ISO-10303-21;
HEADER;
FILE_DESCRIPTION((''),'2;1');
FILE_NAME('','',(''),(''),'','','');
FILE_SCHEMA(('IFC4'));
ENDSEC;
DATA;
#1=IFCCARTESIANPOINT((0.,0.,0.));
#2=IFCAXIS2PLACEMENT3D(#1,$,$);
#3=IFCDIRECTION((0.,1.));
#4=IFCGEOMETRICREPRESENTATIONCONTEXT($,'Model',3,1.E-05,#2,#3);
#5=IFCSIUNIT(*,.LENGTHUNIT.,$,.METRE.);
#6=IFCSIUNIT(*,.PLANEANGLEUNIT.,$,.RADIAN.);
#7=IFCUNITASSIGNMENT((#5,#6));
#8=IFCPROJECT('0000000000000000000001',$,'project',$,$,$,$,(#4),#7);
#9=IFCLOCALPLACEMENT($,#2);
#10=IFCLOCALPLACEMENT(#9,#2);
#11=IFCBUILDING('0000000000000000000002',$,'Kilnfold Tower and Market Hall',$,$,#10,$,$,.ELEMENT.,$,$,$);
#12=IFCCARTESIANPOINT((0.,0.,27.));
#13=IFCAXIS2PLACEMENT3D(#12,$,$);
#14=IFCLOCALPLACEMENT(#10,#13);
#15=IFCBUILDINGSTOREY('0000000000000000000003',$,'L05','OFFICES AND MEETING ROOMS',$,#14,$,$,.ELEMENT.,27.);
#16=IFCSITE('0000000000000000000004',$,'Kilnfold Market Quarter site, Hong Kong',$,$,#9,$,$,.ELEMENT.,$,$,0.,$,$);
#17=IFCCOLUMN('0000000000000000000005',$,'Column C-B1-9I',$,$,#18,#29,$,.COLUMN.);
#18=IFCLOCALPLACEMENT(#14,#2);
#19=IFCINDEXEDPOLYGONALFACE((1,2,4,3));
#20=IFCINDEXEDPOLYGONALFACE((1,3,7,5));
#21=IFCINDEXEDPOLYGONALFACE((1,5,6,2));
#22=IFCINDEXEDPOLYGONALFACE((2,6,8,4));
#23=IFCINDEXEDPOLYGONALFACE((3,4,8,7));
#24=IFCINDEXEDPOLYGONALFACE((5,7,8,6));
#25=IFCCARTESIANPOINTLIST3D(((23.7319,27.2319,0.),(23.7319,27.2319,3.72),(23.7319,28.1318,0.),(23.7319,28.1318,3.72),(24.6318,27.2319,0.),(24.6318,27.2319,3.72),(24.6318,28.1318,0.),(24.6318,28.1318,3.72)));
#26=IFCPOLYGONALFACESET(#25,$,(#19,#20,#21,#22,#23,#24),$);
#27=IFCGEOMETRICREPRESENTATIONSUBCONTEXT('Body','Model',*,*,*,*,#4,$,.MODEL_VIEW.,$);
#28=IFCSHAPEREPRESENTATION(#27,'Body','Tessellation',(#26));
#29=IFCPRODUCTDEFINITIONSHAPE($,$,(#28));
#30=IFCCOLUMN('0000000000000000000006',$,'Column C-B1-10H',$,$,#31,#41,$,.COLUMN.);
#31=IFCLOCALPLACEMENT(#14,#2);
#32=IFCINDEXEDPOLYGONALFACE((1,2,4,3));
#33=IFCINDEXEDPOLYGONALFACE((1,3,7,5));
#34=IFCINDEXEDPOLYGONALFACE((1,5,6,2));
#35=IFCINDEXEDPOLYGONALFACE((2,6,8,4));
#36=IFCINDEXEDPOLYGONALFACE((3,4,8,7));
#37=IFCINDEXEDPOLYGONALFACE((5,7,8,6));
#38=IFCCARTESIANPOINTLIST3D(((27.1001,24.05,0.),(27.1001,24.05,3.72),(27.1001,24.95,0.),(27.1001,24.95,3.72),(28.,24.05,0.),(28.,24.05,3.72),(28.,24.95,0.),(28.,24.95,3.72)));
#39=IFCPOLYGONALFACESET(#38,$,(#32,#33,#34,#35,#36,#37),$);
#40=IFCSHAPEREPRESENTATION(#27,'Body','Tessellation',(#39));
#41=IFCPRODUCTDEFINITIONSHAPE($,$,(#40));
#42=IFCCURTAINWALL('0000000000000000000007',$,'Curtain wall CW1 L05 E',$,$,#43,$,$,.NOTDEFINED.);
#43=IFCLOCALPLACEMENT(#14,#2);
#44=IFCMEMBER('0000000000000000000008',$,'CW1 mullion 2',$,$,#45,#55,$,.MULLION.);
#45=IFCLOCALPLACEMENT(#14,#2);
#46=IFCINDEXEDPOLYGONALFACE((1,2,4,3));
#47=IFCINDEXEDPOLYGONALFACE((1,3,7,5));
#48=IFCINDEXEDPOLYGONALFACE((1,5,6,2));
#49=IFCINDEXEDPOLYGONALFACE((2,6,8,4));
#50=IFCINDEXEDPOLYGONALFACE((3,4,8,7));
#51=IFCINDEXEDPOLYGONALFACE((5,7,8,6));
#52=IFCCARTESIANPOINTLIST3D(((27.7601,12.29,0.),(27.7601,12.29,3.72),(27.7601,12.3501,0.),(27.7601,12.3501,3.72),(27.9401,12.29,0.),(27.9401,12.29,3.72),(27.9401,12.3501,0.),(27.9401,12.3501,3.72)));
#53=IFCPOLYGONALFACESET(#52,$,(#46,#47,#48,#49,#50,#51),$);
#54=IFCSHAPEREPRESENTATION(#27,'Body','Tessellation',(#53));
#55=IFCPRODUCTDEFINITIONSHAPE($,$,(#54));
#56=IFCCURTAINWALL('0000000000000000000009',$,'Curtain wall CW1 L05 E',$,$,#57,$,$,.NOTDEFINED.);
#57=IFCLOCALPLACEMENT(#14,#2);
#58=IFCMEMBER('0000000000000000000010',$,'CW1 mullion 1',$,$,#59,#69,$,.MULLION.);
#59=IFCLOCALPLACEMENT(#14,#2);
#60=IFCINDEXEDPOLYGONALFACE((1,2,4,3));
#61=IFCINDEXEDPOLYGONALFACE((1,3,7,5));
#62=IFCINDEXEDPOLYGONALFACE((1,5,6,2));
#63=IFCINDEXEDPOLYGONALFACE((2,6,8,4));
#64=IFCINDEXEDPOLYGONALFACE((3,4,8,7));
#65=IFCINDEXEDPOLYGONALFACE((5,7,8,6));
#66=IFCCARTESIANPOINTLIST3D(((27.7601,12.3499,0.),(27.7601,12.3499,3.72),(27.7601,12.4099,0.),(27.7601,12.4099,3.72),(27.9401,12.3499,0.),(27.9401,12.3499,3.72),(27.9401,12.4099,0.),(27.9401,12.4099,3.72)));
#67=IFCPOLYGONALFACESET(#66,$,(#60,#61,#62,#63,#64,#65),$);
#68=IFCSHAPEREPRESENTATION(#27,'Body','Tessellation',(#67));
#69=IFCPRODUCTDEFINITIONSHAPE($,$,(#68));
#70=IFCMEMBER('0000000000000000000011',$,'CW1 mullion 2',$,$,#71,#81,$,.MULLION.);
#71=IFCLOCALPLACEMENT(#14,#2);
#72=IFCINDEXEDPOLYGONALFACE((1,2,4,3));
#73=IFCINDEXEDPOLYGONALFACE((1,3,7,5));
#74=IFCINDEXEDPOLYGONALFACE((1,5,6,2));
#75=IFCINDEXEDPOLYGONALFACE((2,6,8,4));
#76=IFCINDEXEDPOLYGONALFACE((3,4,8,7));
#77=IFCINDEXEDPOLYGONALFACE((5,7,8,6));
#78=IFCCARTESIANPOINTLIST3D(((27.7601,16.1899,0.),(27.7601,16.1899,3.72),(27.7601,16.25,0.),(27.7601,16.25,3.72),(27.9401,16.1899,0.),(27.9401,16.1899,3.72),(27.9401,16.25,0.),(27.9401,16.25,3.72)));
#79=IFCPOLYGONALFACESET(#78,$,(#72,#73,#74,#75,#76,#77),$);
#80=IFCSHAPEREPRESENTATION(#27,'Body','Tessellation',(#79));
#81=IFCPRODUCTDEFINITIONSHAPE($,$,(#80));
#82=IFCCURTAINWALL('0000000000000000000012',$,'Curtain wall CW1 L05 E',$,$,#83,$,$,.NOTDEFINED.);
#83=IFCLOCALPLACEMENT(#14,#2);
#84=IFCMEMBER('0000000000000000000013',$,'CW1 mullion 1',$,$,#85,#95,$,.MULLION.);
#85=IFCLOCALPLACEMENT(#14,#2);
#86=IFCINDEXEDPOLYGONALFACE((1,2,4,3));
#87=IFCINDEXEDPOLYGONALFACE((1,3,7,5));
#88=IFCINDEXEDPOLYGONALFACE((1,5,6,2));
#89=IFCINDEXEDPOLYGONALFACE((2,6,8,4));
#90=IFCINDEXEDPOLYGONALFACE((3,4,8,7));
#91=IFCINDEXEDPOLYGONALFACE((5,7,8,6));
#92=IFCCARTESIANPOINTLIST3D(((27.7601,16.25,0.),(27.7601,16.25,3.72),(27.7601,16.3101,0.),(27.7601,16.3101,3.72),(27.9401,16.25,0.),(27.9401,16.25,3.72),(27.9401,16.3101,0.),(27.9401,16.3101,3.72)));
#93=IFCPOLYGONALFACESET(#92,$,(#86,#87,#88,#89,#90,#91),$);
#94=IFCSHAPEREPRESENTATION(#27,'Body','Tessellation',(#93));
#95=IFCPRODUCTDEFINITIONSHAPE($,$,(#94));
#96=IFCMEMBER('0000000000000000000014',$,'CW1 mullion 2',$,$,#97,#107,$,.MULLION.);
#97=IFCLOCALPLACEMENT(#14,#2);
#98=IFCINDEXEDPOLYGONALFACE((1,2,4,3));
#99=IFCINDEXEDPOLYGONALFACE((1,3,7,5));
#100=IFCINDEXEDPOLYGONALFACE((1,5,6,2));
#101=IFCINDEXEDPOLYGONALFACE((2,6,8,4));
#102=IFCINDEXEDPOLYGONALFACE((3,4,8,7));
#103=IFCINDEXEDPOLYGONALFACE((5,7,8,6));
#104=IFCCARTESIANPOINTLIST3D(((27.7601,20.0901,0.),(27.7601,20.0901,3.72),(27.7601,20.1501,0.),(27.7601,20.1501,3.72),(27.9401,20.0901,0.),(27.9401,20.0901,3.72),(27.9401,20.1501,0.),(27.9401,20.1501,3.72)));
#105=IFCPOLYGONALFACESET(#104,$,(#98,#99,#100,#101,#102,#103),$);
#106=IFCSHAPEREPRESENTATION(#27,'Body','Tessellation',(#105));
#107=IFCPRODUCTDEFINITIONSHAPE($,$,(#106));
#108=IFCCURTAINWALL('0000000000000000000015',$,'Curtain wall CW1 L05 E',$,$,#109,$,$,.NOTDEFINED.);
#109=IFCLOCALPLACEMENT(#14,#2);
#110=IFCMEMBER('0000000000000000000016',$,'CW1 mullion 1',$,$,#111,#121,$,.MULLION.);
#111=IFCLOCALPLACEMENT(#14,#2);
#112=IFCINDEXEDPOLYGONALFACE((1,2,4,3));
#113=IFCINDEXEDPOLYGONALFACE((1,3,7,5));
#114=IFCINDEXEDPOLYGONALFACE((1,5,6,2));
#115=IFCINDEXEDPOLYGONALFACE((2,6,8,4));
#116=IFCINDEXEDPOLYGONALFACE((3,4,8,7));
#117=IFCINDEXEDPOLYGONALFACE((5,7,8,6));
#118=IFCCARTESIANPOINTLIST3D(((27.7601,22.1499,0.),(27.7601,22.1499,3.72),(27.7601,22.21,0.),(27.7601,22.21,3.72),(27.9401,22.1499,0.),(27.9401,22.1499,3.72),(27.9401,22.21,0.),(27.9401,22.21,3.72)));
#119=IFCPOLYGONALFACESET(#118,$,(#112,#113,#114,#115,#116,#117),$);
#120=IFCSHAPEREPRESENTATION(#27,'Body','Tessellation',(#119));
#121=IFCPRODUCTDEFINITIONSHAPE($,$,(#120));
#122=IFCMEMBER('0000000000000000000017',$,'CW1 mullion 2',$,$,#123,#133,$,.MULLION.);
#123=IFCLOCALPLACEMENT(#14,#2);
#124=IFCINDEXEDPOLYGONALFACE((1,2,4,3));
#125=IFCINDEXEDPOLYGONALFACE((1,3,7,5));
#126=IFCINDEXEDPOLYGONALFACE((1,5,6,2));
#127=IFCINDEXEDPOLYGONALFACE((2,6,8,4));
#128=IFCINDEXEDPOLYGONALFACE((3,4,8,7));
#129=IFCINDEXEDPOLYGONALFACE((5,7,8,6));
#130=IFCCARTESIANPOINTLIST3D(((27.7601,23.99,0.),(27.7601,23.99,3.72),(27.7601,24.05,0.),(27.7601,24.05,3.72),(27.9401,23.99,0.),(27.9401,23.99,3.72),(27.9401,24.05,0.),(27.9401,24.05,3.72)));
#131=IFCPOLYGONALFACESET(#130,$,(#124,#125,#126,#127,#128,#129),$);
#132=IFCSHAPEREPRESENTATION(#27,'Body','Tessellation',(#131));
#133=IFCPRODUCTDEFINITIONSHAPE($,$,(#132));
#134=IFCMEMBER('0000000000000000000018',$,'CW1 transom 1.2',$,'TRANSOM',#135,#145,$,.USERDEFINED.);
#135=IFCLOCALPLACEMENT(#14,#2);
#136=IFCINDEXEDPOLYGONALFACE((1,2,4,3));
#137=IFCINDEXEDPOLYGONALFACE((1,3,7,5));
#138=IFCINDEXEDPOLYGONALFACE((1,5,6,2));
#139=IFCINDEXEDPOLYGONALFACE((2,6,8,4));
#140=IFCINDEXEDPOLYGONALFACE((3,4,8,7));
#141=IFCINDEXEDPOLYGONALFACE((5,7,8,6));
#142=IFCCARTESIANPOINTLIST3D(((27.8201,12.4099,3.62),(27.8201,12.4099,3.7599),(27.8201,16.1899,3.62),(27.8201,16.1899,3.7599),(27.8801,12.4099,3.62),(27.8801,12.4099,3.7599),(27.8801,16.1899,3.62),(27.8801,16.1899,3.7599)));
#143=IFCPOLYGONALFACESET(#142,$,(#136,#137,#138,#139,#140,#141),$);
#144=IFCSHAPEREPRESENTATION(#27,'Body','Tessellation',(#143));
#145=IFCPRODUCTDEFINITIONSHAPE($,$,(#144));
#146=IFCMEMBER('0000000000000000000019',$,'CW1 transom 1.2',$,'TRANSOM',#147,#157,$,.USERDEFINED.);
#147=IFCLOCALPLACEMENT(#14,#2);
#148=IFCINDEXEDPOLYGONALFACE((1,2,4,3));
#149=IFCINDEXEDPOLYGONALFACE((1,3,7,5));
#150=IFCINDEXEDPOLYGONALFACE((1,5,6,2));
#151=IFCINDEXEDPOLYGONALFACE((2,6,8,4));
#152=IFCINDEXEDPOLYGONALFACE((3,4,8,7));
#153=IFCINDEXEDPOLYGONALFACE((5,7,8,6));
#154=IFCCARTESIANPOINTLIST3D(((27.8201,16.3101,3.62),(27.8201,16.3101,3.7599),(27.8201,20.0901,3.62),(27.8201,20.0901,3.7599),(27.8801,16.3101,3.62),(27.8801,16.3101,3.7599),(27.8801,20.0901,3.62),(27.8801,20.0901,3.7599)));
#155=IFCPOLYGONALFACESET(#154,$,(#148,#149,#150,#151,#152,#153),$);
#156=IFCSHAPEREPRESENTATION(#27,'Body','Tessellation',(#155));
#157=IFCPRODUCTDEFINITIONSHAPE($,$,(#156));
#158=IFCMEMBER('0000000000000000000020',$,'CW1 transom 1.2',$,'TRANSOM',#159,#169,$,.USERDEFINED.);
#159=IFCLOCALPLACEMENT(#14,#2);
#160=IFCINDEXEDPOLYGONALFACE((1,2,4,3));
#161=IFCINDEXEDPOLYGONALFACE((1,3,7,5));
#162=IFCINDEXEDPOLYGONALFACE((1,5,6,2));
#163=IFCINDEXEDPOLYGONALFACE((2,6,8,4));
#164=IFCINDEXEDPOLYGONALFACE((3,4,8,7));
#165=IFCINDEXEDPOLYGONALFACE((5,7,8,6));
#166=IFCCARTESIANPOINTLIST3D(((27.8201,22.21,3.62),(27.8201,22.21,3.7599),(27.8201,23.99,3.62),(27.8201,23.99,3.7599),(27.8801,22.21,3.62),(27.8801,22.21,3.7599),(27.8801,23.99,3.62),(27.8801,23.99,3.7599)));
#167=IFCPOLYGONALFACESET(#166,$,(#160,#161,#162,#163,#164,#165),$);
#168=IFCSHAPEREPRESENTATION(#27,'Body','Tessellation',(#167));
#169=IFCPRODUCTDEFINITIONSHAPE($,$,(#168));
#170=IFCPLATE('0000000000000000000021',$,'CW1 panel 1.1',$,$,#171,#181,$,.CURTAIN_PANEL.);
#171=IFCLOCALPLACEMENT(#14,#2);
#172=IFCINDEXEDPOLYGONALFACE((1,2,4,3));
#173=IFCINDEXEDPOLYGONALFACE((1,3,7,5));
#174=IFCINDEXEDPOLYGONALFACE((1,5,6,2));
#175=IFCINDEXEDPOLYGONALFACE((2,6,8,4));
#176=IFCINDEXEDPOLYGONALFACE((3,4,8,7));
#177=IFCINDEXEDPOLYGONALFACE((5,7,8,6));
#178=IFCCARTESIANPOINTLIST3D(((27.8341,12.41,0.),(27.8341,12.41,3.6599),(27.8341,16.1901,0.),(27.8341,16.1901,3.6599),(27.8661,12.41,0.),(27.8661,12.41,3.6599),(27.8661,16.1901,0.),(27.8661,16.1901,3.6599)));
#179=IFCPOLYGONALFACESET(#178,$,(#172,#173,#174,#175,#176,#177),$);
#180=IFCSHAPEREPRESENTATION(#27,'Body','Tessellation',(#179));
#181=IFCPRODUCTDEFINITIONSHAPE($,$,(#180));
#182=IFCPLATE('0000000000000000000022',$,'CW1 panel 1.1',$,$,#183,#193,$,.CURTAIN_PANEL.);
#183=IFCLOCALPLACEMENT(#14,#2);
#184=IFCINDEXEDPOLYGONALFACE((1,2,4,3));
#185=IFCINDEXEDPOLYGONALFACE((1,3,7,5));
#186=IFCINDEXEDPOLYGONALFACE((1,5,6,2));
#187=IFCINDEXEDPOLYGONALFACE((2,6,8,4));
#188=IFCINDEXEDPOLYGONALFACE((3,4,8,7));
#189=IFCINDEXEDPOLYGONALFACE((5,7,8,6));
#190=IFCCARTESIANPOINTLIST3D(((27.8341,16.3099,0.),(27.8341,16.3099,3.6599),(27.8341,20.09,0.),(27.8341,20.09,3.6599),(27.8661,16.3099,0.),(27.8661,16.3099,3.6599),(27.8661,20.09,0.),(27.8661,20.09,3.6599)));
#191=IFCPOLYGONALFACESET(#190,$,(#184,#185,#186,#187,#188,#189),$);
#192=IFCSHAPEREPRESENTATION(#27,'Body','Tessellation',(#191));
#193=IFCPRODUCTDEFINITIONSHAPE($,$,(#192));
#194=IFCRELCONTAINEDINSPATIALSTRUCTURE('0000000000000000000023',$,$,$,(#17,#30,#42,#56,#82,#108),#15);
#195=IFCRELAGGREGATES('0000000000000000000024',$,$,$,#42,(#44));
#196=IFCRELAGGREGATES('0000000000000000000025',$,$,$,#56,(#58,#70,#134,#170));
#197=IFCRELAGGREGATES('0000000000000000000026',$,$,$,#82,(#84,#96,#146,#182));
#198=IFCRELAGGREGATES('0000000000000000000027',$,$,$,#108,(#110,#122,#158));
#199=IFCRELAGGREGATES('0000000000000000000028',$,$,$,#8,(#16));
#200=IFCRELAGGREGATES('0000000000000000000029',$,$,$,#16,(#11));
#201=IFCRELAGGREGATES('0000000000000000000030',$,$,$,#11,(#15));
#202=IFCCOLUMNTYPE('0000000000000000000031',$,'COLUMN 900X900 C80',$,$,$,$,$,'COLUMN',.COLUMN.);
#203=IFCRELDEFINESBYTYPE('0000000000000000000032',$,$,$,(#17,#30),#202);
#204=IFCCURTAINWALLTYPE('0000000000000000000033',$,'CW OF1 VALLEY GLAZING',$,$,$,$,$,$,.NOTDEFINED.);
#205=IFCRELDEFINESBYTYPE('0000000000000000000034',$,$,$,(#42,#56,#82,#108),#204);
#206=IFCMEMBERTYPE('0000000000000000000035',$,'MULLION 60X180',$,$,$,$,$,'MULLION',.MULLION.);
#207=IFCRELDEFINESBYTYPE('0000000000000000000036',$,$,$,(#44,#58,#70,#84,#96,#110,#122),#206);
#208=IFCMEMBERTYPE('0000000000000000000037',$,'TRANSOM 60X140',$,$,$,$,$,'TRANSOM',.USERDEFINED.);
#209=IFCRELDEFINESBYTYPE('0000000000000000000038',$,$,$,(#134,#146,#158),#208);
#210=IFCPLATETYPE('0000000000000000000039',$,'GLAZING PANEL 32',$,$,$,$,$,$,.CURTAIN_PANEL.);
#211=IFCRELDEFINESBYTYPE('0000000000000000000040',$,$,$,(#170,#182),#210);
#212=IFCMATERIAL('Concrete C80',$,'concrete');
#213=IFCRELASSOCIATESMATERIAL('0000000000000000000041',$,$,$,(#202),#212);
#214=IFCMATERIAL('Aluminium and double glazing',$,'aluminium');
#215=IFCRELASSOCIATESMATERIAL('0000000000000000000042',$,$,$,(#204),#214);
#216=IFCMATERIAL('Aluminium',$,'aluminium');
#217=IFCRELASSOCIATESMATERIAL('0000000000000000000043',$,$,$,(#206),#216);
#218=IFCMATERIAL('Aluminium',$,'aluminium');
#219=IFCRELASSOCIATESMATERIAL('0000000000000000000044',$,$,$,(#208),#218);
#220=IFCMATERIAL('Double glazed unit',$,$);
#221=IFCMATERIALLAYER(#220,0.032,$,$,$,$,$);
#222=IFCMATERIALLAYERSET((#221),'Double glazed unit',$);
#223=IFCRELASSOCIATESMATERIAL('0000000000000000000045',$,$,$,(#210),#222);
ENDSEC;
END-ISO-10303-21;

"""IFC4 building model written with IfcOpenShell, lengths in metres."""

from ifc_helpers import new_model, si_unit, direction, frame, origin, origin_2d, place, context, subcontext, project, spatial, rectangle, extrude, source, transform, mapped, material, layer, layer_set, material_profile, profile_set, type_object, element, aggregate, save


model = new_model("IFC4")

# Units and contexts
model_context = context("Model", 3, precision=1e-05, world=origin(), true_north=direction((0.0, 1.0)))
body_context = subcontext(model_context, "Body", "Model", "MODEL_VIEW")
ifc_project = project(units=[si_unit("LENGTHUNIT", "METRE"), si_unit("PLANEANGLEUNIT", "RADIAN")], contexts=[model_context])

# Site, building, storey
site_placement = place(None, origin())
site = spatial("IfcSite", under=ifc_project, at=site_placement, Name="Kilnfold Market Quarter site, Hong Kong", CompositionType="ELEMENT", RefElevation=0.0)
building_placement = place(site_placement, origin())
building = spatial("IfcBuilding", under=site, at=building_placement, Name="Kilnfold Tower and Market Hall", CompositionType="ELEMENT")
storey_placement = place(building_placement, frame((0.0, 0.0, 27.0)))
storey = spatial("IfcBuildingStorey", under=building, at=storey_placement, Name="L05", Description="OFFICES AND MEETING ROOMS", CompositionType="ELEMENT", Elevation=27.0)

# Columns
ifc_material_1 = material(Name="Concrete C80", Category="concrete")
ifc_material_profile_1 = material_profile(ifc_material_1, rectangle(XDim=0.8999, YDim=0.8999, at=origin_2d()), Name="RC 900x900")
ifc_profile_set_1 = profile_set([ifc_material_profile_1], Name="Concrete C80")
column_type = type_object("IfcColumnType", Name="COLUMN 900X900 C80", ElementType="COLUMN", PredefinedType="COLUMN", material=ifc_profile_set_1)
shared_shape_1 = source(origin(), body_context, "Body", "SweptSolid", [
    extrude(rectangle(XDim=0.8999, YDim=0.8999, at=origin_2d()), origin(), (0.0, 0.0, 1.0), 3.72),
])
for number, where, z_axis, x_axis, name in (
    (1, (24.1819, 27.6819, 0.0), (0.0, 0.0, 1.0), (1.0, 0.0, 0.0), "Column C-B1-9I"),
    (2, (27.55, 24.5, 0.0), (0.0, 0.0, 1.0), (1.0, 0.0, 0.0), "Column C-B1-10H"),
):
    element("IfcColumn", number, at=place(storey_placement, frame(where, z_axis=z_axis, x_axis=x_axis)), inside=storey, type_object=column_type, Name=name, PredefinedType="COLUMN", context=body_context, shape_type="MappedRepresentation", body=[
        mapped(shared_shape_1, transform((0.0, 0.0, 0.0))),
    ])

# Curtain wall, member
ifc_material_2 = material(Name="Aluminium and double glazing", Category="aluminium")
curtain_wall_type = type_object("IfcCurtainWallType", Name="CW OF1 VALLEY GLAZING", PredefinedType="NOTDEFINED", material=ifc_material_2)
curtain_wall_1_placement = place(storey_placement, origin())
curtain_wall_1 = element("IfcCurtainWall", 3, at=curtain_wall_1_placement, inside=storey, type_object=curtain_wall_type, Name="Curtain wall CW1 L05 E", PredefinedType="NOTDEFINED")
ifc_material_3 = material(Name="Aluminium", Category="aluminium")
ifc_material_profile_2 = material_profile(ifc_material_3, rectangle(XDim=0.0601, YDim=0.1799, at=origin_2d()), Name="MULLION 60x180")
ifc_profile_set_2 = profile_set([ifc_material_profile_2], Name="Aluminium")
member_type_1 = type_object("IfcMemberType", Name="MULLION 60X180", ElementType="MULLION", PredefinedType="MULLION", material=ifc_profile_set_2)
shared_shape_2 = source(origin(), body_context, "Body", "SweptSolid", [
    extrude(rectangle(XDim=0.0601, YDim=0.1799, at=origin_2d()), origin(), (0.0, 0.0, 1.0), 3.72),
])
member_1_placement = place(storey_placement, frame((27.8501, 12.3201, 0.0), z_axis=(0.0, 0.0, 1.0), x_axis=(0.0, 1.0, 0.0)))
member_1 = element("IfcMember", 4, at=member_1_placement, type_object=member_type_1, Name="CW1 mullion 2", PredefinedType="MULLION", context=body_context, shape_type="MappedRepresentation", body=[
    mapped(shared_shape_2, transform((0.0, 0.0, 0.0))),
])
aggregate(curtain_wall_1, [member_1])

# Curtain walls, members
curtain_wall_2_placement = place(storey_placement, origin())
curtain_wall_2 = element("IfcCurtainWall", 5, at=curtain_wall_2_placement, inside=storey, type_object=curtain_wall_type, Name="Curtain wall CW1 L05 E", PredefinedType="NOTDEFINED")
member_2_placement = place(storey_placement, frame((27.8501, 12.3799, 0.0), z_axis=(0.0, 0.0, 1.0), x_axis=(0.0, 1.0, 0.0)))
member_2 = element("IfcMember", 6, at=member_2_placement, type_object=member_type_1, Name="CW1 mullion 1", PredefinedType="MULLION", context=body_context, shape_type="MappedRepresentation", body=[
    mapped(shared_shape_2, transform((0.0, 0.0, 0.0))),
])
member_3_placement = place(storey_placement, frame((27.8501, 16.22, 0.0), z_axis=(0.0, 0.0, 1.0), x_axis=(0.0, 1.0, 0.0)))
member_3 = element("IfcMember", 7, at=member_3_placement, type_object=member_type_1, Name="CW1 mullion 2", PredefinedType="MULLION", context=body_context, shape_type="MappedRepresentation", body=[
    mapped(shared_shape_2, transform((0.0, 0.0, 0.0))),
])
curtain_wall_3_placement = place(storey_placement, origin())
curtain_wall_3 = element("IfcCurtainWall", 8, at=curtain_wall_3_placement, inside=storey, type_object=curtain_wall_type, Name="Curtain wall CW1 L05 E", PredefinedType="NOTDEFINED")
member_4_placement = place(storey_placement, frame((27.8501, 16.28, 0.0), z_axis=(0.0, 0.0, 1.0), x_axis=(0.0, 1.0, 0.0)))
member_4 = element("IfcMember", 9, at=member_4_placement, type_object=member_type_1, Name="CW1 mullion 1", PredefinedType="MULLION", context=body_context, shape_type="MappedRepresentation", body=[
    mapped(shared_shape_2, transform((0.0, 0.0, 0.0))),
])
member_5_placement = place(storey_placement, frame((27.8501, 20.1201, 0.0), z_axis=(0.0, 0.0, 1.0), x_axis=(0.0, 1.0, 0.0)))
member_5 = element("IfcMember", 10, at=member_5_placement, type_object=member_type_1, Name="CW1 mullion 2", PredefinedType="MULLION", context=body_context, shape_type="MappedRepresentation", body=[
    mapped(shared_shape_2, transform((0.0, 0.0, 0.0))),
])
curtain_wall_4_placement = place(storey_placement, origin())
curtain_wall_4 = element("IfcCurtainWall", 11, at=curtain_wall_4_placement, inside=storey, type_object=curtain_wall_type, Name="Curtain wall CW1 L05 E", PredefinedType="NOTDEFINED")
member_6_placement = place(storey_placement, frame((27.8501, 22.1799, 0.0), z_axis=(0.0, 0.0, 1.0), x_axis=(0.0, 1.0, 0.0)))
member_6 = element("IfcMember", 12, at=member_6_placement, type_object=member_type_1, Name="CW1 mullion 1", PredefinedType="MULLION", context=body_context, shape_type="MappedRepresentation", body=[
    mapped(shared_shape_2, transform((0.0, 0.0, 0.0))),
])
member_7_placement = place(storey_placement, frame((27.8501, 24.02, 0.0), z_axis=(0.0, 0.0, 1.0), x_axis=(0.0, 1.0, 0.0)))
member_7 = element("IfcMember", 13, at=member_7_placement, type_object=member_type_1, Name="CW1 mullion 2", PredefinedType="MULLION", context=body_context, shape_type="MappedRepresentation", body=[
    mapped(shared_shape_2, transform((0.0, 0.0, 0.0))),
])

# Members
ifc_material_4 = material(Name="Aluminium", Category="aluminium")
ifc_material_profile_3 = material_profile(ifc_material_4, rectangle(XDim=0.0601, YDim=0.1399, at=origin_2d()), Name="TRANSOM 60x140")
ifc_profile_set_3 = profile_set([ifc_material_profile_3], Name="Aluminium")
member_type_2 = type_object("IfcMemberType", Name="TRANSOM 60X140", ElementType="TRANSOM", PredefinedType="USERDEFINED", material=ifc_profile_set_3)
shared_shape_3 = source(origin(), body_context, "Body", "SweptSolid", [
    extrude(rectangle(XDim=0.0601, YDim=0.1399, at=origin_2d()), origin(), (0.0, 0.0, 1.0), 3.78),
])
member_8_placement = place(storey_placement, frame((27.8501, 12.4099, 3.6899), z_axis=(0.0, 1.0, 0.0), x_axis=(-1.0, 0.0, 0.0)))
member_8 = element("IfcMember", 14, at=member_8_placement, type_object=member_type_2, Name="CW1 transom 1.2", ObjectType="TRANSOM", PredefinedType="USERDEFINED", context=body_context, shape_type="MappedRepresentation", body=[
    mapped(shared_shape_3, transform((0.0, 0.0, 0.0))),
])
member_9_placement = place(storey_placement, frame((27.8501, 16.3101, 3.6899), z_axis=(0.0, 1.0, 0.0), x_axis=(-1.0, 0.0, 0.0)))
member_9 = element("IfcMember", 15, at=member_9_placement, type_object=member_type_2, Name="CW1 transom 1.2", ObjectType="TRANSOM", PredefinedType="USERDEFINED", context=body_context, shape_type="MappedRepresentation", body=[
    mapped(shared_shape_3, transform((0.0, 0.0, 0.0))),
])
shared_shape_4 = source(origin(), body_context, "Body", "SweptSolid", [
    extrude(rectangle(XDim=0.0601, YDim=0.1399, at=origin_2d()), origin(), (0.0, 0.0, 1.0), 1.78),
])
member_10_placement = place(storey_placement, frame((27.8501, 22.21, 3.6899), z_axis=(0.0, 1.0, 0.0), x_axis=(-1.0, 0.0, 0.0)))
member_10 = element("IfcMember", 16, at=member_10_placement, type_object=member_type_2, Name="CW1 transom 1.2", ObjectType="TRANSOM", PredefinedType="USERDEFINED", context=body_context, shape_type="MappedRepresentation", body=[
    mapped(shared_shape_4, transform((0.0, 0.0, 0.0))),
])

# Plates
ifc_material_5 = material(Name="Double glazed unit")
ifc_layer_1 = layer(ifc_material_5, 0.032)
ifc_layer_set_1 = layer_set([ifc_layer_1], Name="Double glazed unit")
plate_type = type_object("IfcPlateType", Name="GLAZING PANEL 32", PredefinedType="CURTAIN_PANEL", material=ifc_layer_set_1)
shared_shape_5 = source(origin(), body_context, "Body", "SweptSolid", [
    extrude(rectangle(XDim=3.78, YDim=0.032, at=origin_2d()), origin(), (0.0, 0.0, 1.0), 3.6599),
])
plate_1_placement = place(storey_placement, frame((27.8501, 14.3, 0.0), z_axis=(0.0, 0.0, 1.0), x_axis=(0.0, 1.0, 0.0)))
plate_1 = element("IfcPlate", 17, at=plate_1_placement, type_object=plate_type, Name="CW1 panel 1.1", PredefinedType="CURTAIN_PANEL", context=body_context, shape_type="MappedRepresentation", body=[
    mapped(shared_shape_5, transform((0.0, 0.0, 0.0))),
])
aggregate(curtain_wall_2, [member_2, member_3, member_8, plate_1])
plate_2_placement = place(storey_placement, frame((27.8501, 18.2, 0.0), z_axis=(0.0, 0.0, 1.0), x_axis=(0.0, 1.0, 0.0)))
plate_2 = element("IfcPlate", 18, at=plate_2_placement, type_object=plate_type, Name="CW1 panel 1.1", PredefinedType="CURTAIN_PANEL", context=body_context, shape_type="MappedRepresentation", body=[
    mapped(shared_shape_5, transform((0.0, 0.0, 0.0))),
])
aggregate(curtain_wall_3, [member_4, member_5, member_9, plate_2])
aggregate(curtain_wall_4, [member_6, member_7, member_10])

save(model, "model.ifc")
